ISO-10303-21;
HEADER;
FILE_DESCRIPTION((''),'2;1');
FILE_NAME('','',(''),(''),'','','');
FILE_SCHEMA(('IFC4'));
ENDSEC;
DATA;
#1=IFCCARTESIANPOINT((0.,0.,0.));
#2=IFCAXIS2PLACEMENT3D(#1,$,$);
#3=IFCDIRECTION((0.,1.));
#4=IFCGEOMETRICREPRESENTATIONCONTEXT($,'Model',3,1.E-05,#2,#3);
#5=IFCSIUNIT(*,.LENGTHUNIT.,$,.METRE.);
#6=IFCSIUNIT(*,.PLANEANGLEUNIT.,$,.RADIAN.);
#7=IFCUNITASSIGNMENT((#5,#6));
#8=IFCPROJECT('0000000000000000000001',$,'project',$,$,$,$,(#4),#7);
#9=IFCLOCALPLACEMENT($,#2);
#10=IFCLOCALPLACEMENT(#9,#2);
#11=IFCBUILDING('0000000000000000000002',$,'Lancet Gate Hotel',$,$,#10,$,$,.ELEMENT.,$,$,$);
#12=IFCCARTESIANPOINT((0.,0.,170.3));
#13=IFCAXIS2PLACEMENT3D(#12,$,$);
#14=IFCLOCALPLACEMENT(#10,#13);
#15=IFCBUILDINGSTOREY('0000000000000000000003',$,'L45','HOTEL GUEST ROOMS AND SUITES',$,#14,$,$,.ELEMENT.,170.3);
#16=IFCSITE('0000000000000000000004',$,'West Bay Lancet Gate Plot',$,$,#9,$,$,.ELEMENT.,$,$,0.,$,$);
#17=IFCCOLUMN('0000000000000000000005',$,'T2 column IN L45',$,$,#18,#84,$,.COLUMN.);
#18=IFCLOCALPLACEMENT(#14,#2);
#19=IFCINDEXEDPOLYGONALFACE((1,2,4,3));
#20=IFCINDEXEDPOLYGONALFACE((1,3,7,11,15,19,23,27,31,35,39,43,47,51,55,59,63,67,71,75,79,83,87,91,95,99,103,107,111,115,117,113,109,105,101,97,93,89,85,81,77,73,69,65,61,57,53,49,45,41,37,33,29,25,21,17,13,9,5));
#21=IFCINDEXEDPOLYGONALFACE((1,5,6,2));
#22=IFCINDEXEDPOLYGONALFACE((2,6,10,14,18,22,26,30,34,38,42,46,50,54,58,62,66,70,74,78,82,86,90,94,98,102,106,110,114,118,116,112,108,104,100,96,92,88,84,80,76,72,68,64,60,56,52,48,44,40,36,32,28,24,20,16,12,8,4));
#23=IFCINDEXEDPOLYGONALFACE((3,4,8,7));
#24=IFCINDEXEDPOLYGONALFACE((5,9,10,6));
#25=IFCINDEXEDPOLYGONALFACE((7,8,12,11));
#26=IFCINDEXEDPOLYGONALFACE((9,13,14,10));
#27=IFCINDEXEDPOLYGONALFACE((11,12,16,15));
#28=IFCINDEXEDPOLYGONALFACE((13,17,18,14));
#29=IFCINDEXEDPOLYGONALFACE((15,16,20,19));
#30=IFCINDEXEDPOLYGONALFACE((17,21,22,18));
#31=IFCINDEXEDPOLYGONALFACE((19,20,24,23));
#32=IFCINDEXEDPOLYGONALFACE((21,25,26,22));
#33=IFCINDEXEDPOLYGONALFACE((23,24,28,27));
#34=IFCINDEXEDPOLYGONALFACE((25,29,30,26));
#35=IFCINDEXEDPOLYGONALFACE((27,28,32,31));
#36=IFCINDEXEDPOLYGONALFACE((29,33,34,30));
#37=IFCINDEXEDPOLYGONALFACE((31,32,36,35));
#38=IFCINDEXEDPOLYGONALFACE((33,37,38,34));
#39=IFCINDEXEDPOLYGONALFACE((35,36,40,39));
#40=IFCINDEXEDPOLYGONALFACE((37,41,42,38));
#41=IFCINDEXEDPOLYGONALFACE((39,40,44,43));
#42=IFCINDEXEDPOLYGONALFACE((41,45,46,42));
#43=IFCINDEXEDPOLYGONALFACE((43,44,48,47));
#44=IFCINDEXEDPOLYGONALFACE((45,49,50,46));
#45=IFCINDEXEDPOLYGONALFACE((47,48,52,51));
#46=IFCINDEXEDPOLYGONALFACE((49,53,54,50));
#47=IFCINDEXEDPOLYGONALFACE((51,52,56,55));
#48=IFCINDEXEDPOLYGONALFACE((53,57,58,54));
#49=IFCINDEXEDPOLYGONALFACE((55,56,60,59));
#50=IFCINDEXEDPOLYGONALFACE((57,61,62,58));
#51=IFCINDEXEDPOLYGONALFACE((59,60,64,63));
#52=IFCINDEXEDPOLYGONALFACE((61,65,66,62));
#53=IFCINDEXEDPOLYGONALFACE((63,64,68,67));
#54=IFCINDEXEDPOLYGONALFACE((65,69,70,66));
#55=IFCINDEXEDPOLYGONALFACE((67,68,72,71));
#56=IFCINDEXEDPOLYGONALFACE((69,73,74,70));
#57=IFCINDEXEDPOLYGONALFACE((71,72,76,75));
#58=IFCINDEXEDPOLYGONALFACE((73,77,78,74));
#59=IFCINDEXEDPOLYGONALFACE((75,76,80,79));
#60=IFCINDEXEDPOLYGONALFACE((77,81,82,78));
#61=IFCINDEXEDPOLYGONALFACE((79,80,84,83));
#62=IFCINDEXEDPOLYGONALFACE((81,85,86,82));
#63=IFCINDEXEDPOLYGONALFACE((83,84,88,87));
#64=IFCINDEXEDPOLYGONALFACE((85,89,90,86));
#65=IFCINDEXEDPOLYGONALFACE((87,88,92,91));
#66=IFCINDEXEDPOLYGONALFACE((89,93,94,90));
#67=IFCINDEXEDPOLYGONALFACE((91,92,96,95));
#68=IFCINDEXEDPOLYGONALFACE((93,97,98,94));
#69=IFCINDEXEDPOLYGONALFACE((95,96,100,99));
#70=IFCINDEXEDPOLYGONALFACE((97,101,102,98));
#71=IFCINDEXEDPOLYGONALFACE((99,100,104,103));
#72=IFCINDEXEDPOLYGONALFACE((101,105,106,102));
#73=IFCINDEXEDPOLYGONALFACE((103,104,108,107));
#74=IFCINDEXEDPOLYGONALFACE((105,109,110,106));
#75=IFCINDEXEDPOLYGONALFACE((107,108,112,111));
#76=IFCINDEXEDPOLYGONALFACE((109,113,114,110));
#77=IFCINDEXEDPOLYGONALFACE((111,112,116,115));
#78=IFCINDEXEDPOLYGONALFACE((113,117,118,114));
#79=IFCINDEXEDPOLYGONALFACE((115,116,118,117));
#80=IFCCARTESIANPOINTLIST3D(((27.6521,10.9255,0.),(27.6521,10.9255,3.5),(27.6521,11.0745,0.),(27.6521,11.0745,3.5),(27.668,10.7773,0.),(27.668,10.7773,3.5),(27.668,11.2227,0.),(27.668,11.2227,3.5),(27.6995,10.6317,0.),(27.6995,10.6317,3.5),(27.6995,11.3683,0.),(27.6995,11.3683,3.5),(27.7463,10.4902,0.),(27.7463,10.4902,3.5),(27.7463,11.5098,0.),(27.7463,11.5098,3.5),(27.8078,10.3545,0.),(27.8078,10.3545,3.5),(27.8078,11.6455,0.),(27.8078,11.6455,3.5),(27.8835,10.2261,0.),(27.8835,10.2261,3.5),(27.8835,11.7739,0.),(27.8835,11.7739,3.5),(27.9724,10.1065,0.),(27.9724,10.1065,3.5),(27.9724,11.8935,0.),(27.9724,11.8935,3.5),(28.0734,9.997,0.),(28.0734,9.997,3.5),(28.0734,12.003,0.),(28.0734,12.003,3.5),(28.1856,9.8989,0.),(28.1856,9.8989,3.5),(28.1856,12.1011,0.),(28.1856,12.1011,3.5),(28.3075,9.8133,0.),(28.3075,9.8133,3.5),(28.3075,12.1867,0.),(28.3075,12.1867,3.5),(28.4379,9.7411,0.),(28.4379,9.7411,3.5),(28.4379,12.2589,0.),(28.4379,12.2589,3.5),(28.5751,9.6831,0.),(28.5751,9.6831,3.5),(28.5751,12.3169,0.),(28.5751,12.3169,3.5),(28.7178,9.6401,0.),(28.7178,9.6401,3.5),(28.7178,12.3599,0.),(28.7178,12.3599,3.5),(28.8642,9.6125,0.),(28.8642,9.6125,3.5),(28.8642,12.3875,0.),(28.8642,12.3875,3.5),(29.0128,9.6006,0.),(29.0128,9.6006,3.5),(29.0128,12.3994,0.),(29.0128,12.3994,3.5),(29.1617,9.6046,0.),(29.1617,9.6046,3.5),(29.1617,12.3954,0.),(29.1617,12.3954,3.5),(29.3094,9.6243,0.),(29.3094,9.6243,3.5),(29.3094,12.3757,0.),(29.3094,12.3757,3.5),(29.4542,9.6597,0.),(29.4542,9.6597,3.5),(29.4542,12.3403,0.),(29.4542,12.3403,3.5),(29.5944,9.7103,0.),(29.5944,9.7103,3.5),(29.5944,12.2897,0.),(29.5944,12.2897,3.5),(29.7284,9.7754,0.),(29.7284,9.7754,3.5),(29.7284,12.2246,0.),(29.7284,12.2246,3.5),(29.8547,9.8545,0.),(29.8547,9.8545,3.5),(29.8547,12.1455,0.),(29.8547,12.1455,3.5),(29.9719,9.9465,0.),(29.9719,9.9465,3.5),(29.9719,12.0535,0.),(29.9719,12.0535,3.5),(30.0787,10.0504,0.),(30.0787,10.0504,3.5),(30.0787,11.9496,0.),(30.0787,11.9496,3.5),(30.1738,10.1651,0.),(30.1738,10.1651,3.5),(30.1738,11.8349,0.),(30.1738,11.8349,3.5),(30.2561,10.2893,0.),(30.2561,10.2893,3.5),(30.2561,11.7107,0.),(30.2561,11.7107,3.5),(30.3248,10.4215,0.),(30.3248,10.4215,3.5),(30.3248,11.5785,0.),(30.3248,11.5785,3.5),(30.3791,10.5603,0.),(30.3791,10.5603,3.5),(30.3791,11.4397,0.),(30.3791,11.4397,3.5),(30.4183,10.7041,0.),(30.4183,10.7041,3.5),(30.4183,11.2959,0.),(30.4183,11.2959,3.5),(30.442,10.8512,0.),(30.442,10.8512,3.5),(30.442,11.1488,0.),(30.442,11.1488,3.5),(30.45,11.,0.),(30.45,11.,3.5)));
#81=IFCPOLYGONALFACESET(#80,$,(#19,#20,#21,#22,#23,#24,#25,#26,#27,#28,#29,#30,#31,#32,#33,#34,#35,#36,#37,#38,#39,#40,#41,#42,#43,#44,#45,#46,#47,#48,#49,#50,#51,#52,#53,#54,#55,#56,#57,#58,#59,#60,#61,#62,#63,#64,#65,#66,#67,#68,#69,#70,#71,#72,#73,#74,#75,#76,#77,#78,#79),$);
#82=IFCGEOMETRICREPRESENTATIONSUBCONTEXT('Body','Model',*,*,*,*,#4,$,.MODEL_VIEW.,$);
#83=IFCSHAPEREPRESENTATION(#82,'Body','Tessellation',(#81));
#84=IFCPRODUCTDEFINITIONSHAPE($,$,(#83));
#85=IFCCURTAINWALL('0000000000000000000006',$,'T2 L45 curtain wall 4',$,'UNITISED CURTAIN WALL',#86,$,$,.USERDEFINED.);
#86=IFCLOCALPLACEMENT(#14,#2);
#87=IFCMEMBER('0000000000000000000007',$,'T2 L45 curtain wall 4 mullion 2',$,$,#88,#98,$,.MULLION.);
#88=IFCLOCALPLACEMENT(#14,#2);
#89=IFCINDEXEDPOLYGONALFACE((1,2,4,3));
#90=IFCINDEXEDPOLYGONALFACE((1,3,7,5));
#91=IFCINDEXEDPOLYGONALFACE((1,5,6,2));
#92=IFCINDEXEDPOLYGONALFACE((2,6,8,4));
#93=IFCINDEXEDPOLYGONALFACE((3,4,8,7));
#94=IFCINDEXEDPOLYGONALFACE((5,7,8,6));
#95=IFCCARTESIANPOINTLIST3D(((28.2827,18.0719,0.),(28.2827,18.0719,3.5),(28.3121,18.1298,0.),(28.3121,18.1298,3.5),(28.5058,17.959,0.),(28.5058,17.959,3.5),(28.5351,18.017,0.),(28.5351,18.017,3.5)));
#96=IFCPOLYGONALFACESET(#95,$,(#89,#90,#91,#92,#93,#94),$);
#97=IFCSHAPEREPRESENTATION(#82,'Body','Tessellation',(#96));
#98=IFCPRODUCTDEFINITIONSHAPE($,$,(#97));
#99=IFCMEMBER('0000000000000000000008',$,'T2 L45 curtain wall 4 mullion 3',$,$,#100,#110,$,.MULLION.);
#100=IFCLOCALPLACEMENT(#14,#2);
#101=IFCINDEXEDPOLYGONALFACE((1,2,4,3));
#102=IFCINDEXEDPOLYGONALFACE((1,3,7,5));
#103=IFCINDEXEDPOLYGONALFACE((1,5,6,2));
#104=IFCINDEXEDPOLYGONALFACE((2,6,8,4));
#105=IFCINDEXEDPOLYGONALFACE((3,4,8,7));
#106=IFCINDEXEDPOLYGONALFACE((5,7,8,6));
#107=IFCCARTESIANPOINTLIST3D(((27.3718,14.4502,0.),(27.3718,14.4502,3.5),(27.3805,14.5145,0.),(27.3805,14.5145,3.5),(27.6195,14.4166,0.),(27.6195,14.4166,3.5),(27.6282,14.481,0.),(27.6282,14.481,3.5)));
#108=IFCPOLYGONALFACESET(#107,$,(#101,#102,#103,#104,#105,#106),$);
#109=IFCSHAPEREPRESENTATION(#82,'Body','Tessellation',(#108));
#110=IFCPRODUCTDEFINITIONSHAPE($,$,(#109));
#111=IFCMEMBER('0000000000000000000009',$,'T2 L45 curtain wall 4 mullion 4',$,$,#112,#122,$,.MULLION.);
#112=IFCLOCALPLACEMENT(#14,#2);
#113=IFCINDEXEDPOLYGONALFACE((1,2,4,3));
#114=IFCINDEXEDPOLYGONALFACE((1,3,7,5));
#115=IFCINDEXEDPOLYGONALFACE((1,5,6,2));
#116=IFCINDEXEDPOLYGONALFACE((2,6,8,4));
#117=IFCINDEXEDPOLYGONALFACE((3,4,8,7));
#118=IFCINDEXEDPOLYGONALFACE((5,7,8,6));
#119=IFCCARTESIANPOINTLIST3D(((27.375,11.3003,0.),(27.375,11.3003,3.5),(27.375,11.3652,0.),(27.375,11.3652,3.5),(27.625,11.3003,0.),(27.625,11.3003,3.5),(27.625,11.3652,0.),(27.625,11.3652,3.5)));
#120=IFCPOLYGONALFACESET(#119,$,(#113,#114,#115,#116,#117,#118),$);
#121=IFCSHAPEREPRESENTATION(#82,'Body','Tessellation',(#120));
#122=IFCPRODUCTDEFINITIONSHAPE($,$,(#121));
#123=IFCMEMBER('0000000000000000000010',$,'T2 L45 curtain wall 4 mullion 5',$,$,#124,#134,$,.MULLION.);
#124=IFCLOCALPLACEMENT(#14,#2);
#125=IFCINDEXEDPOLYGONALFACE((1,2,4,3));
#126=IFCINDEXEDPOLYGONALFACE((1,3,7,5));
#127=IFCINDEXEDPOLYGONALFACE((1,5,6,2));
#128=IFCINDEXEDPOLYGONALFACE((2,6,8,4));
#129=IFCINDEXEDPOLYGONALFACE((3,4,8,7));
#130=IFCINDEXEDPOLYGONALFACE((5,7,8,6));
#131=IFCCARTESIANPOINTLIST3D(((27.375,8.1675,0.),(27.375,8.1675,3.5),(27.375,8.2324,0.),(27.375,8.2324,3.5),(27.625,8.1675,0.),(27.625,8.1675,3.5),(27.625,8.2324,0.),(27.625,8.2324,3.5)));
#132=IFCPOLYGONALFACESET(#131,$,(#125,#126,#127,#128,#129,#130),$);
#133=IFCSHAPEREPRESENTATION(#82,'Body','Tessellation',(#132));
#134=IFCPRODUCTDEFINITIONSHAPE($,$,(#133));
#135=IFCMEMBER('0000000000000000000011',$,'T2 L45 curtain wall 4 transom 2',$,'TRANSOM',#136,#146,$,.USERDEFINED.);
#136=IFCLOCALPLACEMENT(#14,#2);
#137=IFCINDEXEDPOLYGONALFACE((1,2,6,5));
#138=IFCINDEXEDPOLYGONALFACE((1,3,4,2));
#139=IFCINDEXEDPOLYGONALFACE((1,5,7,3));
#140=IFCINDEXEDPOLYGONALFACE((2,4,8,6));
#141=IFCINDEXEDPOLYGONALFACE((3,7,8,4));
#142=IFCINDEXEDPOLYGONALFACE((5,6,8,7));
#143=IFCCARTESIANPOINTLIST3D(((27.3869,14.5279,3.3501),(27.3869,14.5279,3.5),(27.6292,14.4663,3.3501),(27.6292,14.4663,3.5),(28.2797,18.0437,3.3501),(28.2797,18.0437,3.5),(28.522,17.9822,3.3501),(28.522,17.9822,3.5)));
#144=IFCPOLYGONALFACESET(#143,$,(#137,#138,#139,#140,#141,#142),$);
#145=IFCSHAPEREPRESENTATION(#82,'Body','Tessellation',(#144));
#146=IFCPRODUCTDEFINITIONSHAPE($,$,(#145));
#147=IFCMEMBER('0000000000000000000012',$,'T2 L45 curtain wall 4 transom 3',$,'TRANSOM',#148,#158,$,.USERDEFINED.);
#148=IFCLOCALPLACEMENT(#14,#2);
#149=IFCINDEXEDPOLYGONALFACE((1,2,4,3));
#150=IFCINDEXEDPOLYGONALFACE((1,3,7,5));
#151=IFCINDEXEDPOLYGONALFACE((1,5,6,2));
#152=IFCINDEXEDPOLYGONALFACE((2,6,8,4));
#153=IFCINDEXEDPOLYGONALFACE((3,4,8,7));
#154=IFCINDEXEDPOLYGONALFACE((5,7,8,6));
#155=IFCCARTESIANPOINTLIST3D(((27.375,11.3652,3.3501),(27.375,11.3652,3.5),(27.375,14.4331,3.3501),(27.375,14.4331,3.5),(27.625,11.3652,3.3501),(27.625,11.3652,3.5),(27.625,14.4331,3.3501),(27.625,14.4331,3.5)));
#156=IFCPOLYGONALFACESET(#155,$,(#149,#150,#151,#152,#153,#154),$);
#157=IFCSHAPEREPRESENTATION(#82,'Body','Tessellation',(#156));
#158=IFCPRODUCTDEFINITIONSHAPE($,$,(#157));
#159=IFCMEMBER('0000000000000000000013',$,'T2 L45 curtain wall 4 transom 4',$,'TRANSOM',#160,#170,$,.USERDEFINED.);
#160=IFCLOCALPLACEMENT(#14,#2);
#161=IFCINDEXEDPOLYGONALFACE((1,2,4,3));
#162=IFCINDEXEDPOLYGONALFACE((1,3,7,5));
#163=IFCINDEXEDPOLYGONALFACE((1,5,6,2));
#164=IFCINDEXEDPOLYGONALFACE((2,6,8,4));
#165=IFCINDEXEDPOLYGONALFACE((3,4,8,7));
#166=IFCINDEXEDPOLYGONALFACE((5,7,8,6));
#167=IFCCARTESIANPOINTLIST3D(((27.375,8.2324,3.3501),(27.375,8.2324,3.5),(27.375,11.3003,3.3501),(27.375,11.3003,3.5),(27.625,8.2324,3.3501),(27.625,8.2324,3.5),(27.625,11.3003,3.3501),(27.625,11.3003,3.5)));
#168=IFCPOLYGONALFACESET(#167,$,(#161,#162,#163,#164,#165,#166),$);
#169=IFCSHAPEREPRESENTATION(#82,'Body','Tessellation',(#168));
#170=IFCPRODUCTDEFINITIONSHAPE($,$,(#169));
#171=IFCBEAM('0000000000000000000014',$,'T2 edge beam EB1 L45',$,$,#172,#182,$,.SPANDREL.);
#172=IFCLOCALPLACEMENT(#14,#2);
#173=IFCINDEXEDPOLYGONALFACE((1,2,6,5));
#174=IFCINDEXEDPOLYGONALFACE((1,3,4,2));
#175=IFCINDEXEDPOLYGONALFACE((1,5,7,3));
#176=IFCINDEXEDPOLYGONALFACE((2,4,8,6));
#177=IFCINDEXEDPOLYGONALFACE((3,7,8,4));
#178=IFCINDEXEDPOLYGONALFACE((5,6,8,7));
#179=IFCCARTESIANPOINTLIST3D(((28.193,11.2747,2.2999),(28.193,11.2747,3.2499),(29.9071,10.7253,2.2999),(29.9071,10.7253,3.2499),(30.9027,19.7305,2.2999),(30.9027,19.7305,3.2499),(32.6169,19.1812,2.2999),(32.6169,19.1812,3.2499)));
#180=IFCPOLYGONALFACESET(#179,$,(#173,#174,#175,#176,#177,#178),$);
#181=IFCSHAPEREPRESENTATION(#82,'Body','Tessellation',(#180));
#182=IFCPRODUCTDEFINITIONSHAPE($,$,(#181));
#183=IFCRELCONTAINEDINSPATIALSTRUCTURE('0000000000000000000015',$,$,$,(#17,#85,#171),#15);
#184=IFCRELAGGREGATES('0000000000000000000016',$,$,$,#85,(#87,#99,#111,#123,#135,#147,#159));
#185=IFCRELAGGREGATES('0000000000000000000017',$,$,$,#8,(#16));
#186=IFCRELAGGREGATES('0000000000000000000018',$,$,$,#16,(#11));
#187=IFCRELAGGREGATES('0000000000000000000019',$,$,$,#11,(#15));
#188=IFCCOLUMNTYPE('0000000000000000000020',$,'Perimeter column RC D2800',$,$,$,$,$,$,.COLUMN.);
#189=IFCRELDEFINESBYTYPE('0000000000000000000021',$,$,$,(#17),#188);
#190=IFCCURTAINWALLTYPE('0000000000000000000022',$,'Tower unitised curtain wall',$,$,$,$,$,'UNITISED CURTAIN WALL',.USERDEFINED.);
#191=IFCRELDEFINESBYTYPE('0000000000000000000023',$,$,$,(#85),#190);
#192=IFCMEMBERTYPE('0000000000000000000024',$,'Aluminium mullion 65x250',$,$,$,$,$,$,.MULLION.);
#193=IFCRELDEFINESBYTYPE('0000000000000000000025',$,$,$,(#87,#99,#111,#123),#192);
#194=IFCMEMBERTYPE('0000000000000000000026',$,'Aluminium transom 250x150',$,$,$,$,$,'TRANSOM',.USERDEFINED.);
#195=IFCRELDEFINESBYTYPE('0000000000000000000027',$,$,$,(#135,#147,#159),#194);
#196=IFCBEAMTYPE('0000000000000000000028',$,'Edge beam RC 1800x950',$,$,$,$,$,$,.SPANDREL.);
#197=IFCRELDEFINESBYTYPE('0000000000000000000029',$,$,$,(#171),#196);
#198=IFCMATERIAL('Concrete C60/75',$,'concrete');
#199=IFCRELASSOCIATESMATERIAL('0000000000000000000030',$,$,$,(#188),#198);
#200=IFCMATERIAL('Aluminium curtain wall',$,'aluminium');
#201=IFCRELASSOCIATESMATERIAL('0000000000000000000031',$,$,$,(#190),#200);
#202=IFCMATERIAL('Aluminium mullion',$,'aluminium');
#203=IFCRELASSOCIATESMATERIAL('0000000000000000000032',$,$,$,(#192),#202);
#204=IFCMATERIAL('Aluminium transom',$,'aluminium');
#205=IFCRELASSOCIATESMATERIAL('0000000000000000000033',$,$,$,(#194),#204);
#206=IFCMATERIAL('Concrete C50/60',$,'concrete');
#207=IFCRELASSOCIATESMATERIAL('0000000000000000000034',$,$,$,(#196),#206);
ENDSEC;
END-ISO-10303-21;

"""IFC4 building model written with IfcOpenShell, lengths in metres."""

from ifc_helpers import new_model, si_unit, direction, frame, origin, origin_2d, place, context, subcontext, project, spatial, rectangle, circle, extrude, material, material_profile, profile_set, type_object, element, aggregate, save


model = new_model("IFC4")

# Units and contexts
model_context = context("Model", 3, precision=1e-05, world=origin(), true_north=direction((0.0, 1.0)))
body_context = subcontext(model_context, "Body", "Model", "MODEL_VIEW")
ifc_project = project(units=[si_unit("LENGTHUNIT", "METRE"), si_unit("PLANEANGLEUNIT", "RADIAN")], contexts=[model_context])

# Site, building, storey
site_placement = place(None, origin())
site = spatial("IfcSite", under=ifc_project, at=site_placement, Name="West Bay Lancet Gate Plot", CompositionType="ELEMENT", RefElevation=0.0)
building_placement = place(site_placement, origin())
building = spatial("IfcBuilding", under=site, at=building_placement, Name="Lancet Gate Hotel", CompositionType="ELEMENT")
storey_placement = place(building_placement, frame((0.0, 0.0, 170.3)))
storey = spatial("IfcBuildingStorey", under=building, at=storey_placement, Name="L45", Description="HOTEL GUEST ROOMS AND SUITES", CompositionType="ELEMENT", Elevation=170.3)

# Column
ifc_material_1 = material(Name="Concrete C60/75", Category="concrete")
ifc_material_profile_1 = material_profile(ifc_material_1, circle(Radius=1.3999, at=origin_2d()), Name="RC D2800")
ifc_profile_set_1 = profile_set([ifc_material_profile_1], Name="Concrete C60/75")
column_type = type_object("IfcColumnType", Name="Perimeter column RC D2800", PredefinedType="COLUMN", material=ifc_profile_set_1)
column_placement = place(storey_placement, frame((29.05, 11.0, 0.0), z_axis=(0.0, 0.0, 1.0), x_axis=(1.0, 0.0, 0.0)))
element("IfcColumn", 1, at=column_placement, inside=storey, type_object=column_type, Name="T2 column IN L45", PredefinedType="COLUMN", context=body_context, shape_type="SweptSolid", body=[
    extrude(circle(Radius=1.3999, at=origin_2d()), origin(), (0.0, 0.0, 1.0), 3.5),
])

# Curtain wall, members
ifc_material_2 = material(Name="Aluminium curtain wall", Category="aluminium")
curtain_wall_type = type_object("IfcCurtainWallType", Name="Tower unitised curtain wall", ElementType="UNITISED CURTAIN WALL", PredefinedType="USERDEFINED", material=ifc_material_2)
curtain_wall_placement = place(storey_placement, origin())
curtain_wall = element("IfcCurtainWall", 2, at=curtain_wall_placement, inside=storey, type_object=curtain_wall_type, Name="T2 L45 curtain wall 4", ObjectType="UNITISED CURTAIN WALL", PredefinedType="USERDEFINED")
ifc_material_3 = material(Name="Aluminium mullion", Category="aluminium")
ifc_material_profile_2 = material_profile(ifc_material_3, rectangle(XDim=0.0649, YDim=0.25, at=origin_2d()), Name="MULLION 65x250")
ifc_profile_set_2 = profile_set([ifc_material_profile_2], Name="Aluminium mullion")
member_type_1 = type_object("IfcMemberType", Name="Aluminium mullion 65x250", PredefinedType="MULLION", material=ifc_profile_set_2)
member_1_placement = place(storey_placement, frame((28.4089, 18.0444, 0.0), z_axis=(0.0, 0.0, 1.0), x_axis=(-0.451506, -0.892268, 0.0)))
member_1 = element("IfcMember", 3, at=member_1_placement, type_object=member_type_1, Name="T2 L45 curtain wall 4 mullion 2", PredefinedType="MULLION", context=body_context, shape_type="SweptSolid", body=[
    extrude(rectangle(XDim=0.0649, YDim=0.25, at=origin_2d()), origin(), (0.0, 0.0, 1.0), 3.5),
])
member_2_placement = place(storey_placement, frame((27.5, 14.4656, 0.0), z_axis=(0.0, 0.0, 1.0), x_axis=(-0.134207, -0.990953, 0.0)))
member_2 = element("IfcMember", 4, at=member_2_placement, type_object=member_type_1, Name="T2 L45 curtain wall 4 mullion 3", PredefinedType="MULLION", context=body_context, shape_type="SweptSolid", body=[
    extrude(rectangle(XDim=0.0649, YDim=0.25, at=origin_2d()), origin(), (0.0, 0.0, 1.0), 3.5),
])
member_3_placement = place(storey_placement, frame((27.5, 11.3328, 0.0), z_axis=(0.0, 0.0, 1.0), x_axis=(0.0, -1.0, 0.0)))
member_3 = element("IfcMember", 5, at=member_3_placement, type_object=member_type_1, Name="T2 L45 curtain wall 4 mullion 4", PredefinedType="MULLION", context=body_context, shape_type="SweptSolid", body=[
    extrude(rectangle(XDim=0.0649, YDim=0.25, at=origin_2d()), origin(), (0.0, 0.0, 1.0), 3.5),
])
member_4_placement = place(storey_placement, frame((27.5, 8.2, 0.0), z_axis=(0.0, 0.0, 1.0), x_axis=(0.0, -1.0, 0.0)))
member_4 = element("IfcMember", 6, at=member_4_placement, type_object=member_type_1, Name="T2 L45 curtain wall 4 mullion 5", PredefinedType="MULLION", context=body_context, shape_type="SweptSolid", body=[
    extrude(rectangle(XDim=0.0649, YDim=0.25, at=origin_2d()), origin(), (0.0, 0.0, 1.0), 3.5),
])
ifc_material_4 = material(Name="Aluminium transom", Category="aluminium")
ifc_material_profile_3 = material_profile(ifc_material_4, rectangle(XDim=0.25, YDim=0.1499, at=origin_2d()), Name="TRANSOM 250x150")
ifc_profile_set_3 = profile_set([ifc_material_profile_3], Name="Aluminium transom")
member_type_2 = type_object("IfcMemberType", Name="Aluminium transom 250x150", ElementType="TRANSOM", PredefinedType="USERDEFINED", material=ifc_profile_set_3)
member_5_placement = place(storey_placement, frame((28.4009, 18.0129, 3.425), z_axis=(-0.246129, -0.969237, 0.0), x_axis=(0.969237, -0.246129, 0.0)))
member_5 = element("IfcMember", 7, at=member_5_placement, type_object=member_type_2, Name="T2 L45 curtain wall 4 transom 2", ObjectType="TRANSOM", PredefinedType="USERDEFINED", context=body_context, shape_type="SweptSolid", body=[
    extrude(rectangle(XDim=0.25, YDim=0.1499, at=origin_2d()), origin(), (0.0, 0.0, 1.0), 3.6274),
])
member_6_placement = place(storey_placement, frame((27.5, 14.4331, 3.425), z_axis=(0.0, -1.0, 0.0), x_axis=(1.0, 0.0, 0.0)))
member_6 = element("IfcMember", 8, at=member_6_placement, type_object=member_type_2, Name="T2 L45 curtain wall 4 transom 3", ObjectType="TRANSOM", PredefinedType="USERDEFINED", context=body_context, shape_type="SweptSolid", body=[
    extrude(rectangle(XDim=0.25, YDim=0.1499, at=origin_2d()), origin(), (0.0, 0.0, 1.0), 3.0679),
])
member_7_placement = place(storey_placement, frame((27.5, 11.3003, 3.425), z_axis=(0.0, -1.0, 0.0), x_axis=(1.0, 0.0, 0.0)))
member_7 = element("IfcMember", 9, at=member_7_placement, type_object=member_type_2, Name="T2 L45 curtain wall 4 transom 4", ObjectType="TRANSOM", PredefinedType="USERDEFINED", context=body_context, shape_type="SweptSolid", body=[
    extrude(rectangle(XDim=0.25, YDim=0.1499, at=origin_2d()), origin(), (0.0, 0.0, 1.0), 3.0679),
])

# Beam
ifc_material_5 = material(Name="Concrete C50/60", Category="concrete")
ifc_material_profile_4 = material_profile(ifc_material_5, rectangle(XDim=1.8, YDim=0.95, at=origin_2d()), Name="RC 1800x950")
ifc_profile_set_4 = profile_set([ifc_material_profile_4], Name="Concrete C50/60")
beam_type = type_object("IfcBeamType", Name="Edge beam RC 1800x950", PredefinedType="SPANDREL", material=ifc_profile_set_4)
beam_placement = place(storey_placement, frame((29.05, 11.0, 2.7749), z_axis=(0.30517, 0.952298, 0.0), x_axis=(-0.952298, 0.30517, 0.0)))
element("IfcBeam", 10, at=beam_placement, inside=storey, type_object=beam_type, Name="T2 edge beam EB1 L45", PredefinedType="SPANDREL", context=body_context, shape_type="SweptSolid", body=[
    extrude(rectangle(XDim=1.8, YDim=0.95, at=origin_2d()), origin(), (0.0, 0.0, 1.0), 8.8794),
])

aggregate(curtain_wall, [member_1, member_2, member_3, member_4, member_5, member_6, member_7])

save(model, "model.ifc")
